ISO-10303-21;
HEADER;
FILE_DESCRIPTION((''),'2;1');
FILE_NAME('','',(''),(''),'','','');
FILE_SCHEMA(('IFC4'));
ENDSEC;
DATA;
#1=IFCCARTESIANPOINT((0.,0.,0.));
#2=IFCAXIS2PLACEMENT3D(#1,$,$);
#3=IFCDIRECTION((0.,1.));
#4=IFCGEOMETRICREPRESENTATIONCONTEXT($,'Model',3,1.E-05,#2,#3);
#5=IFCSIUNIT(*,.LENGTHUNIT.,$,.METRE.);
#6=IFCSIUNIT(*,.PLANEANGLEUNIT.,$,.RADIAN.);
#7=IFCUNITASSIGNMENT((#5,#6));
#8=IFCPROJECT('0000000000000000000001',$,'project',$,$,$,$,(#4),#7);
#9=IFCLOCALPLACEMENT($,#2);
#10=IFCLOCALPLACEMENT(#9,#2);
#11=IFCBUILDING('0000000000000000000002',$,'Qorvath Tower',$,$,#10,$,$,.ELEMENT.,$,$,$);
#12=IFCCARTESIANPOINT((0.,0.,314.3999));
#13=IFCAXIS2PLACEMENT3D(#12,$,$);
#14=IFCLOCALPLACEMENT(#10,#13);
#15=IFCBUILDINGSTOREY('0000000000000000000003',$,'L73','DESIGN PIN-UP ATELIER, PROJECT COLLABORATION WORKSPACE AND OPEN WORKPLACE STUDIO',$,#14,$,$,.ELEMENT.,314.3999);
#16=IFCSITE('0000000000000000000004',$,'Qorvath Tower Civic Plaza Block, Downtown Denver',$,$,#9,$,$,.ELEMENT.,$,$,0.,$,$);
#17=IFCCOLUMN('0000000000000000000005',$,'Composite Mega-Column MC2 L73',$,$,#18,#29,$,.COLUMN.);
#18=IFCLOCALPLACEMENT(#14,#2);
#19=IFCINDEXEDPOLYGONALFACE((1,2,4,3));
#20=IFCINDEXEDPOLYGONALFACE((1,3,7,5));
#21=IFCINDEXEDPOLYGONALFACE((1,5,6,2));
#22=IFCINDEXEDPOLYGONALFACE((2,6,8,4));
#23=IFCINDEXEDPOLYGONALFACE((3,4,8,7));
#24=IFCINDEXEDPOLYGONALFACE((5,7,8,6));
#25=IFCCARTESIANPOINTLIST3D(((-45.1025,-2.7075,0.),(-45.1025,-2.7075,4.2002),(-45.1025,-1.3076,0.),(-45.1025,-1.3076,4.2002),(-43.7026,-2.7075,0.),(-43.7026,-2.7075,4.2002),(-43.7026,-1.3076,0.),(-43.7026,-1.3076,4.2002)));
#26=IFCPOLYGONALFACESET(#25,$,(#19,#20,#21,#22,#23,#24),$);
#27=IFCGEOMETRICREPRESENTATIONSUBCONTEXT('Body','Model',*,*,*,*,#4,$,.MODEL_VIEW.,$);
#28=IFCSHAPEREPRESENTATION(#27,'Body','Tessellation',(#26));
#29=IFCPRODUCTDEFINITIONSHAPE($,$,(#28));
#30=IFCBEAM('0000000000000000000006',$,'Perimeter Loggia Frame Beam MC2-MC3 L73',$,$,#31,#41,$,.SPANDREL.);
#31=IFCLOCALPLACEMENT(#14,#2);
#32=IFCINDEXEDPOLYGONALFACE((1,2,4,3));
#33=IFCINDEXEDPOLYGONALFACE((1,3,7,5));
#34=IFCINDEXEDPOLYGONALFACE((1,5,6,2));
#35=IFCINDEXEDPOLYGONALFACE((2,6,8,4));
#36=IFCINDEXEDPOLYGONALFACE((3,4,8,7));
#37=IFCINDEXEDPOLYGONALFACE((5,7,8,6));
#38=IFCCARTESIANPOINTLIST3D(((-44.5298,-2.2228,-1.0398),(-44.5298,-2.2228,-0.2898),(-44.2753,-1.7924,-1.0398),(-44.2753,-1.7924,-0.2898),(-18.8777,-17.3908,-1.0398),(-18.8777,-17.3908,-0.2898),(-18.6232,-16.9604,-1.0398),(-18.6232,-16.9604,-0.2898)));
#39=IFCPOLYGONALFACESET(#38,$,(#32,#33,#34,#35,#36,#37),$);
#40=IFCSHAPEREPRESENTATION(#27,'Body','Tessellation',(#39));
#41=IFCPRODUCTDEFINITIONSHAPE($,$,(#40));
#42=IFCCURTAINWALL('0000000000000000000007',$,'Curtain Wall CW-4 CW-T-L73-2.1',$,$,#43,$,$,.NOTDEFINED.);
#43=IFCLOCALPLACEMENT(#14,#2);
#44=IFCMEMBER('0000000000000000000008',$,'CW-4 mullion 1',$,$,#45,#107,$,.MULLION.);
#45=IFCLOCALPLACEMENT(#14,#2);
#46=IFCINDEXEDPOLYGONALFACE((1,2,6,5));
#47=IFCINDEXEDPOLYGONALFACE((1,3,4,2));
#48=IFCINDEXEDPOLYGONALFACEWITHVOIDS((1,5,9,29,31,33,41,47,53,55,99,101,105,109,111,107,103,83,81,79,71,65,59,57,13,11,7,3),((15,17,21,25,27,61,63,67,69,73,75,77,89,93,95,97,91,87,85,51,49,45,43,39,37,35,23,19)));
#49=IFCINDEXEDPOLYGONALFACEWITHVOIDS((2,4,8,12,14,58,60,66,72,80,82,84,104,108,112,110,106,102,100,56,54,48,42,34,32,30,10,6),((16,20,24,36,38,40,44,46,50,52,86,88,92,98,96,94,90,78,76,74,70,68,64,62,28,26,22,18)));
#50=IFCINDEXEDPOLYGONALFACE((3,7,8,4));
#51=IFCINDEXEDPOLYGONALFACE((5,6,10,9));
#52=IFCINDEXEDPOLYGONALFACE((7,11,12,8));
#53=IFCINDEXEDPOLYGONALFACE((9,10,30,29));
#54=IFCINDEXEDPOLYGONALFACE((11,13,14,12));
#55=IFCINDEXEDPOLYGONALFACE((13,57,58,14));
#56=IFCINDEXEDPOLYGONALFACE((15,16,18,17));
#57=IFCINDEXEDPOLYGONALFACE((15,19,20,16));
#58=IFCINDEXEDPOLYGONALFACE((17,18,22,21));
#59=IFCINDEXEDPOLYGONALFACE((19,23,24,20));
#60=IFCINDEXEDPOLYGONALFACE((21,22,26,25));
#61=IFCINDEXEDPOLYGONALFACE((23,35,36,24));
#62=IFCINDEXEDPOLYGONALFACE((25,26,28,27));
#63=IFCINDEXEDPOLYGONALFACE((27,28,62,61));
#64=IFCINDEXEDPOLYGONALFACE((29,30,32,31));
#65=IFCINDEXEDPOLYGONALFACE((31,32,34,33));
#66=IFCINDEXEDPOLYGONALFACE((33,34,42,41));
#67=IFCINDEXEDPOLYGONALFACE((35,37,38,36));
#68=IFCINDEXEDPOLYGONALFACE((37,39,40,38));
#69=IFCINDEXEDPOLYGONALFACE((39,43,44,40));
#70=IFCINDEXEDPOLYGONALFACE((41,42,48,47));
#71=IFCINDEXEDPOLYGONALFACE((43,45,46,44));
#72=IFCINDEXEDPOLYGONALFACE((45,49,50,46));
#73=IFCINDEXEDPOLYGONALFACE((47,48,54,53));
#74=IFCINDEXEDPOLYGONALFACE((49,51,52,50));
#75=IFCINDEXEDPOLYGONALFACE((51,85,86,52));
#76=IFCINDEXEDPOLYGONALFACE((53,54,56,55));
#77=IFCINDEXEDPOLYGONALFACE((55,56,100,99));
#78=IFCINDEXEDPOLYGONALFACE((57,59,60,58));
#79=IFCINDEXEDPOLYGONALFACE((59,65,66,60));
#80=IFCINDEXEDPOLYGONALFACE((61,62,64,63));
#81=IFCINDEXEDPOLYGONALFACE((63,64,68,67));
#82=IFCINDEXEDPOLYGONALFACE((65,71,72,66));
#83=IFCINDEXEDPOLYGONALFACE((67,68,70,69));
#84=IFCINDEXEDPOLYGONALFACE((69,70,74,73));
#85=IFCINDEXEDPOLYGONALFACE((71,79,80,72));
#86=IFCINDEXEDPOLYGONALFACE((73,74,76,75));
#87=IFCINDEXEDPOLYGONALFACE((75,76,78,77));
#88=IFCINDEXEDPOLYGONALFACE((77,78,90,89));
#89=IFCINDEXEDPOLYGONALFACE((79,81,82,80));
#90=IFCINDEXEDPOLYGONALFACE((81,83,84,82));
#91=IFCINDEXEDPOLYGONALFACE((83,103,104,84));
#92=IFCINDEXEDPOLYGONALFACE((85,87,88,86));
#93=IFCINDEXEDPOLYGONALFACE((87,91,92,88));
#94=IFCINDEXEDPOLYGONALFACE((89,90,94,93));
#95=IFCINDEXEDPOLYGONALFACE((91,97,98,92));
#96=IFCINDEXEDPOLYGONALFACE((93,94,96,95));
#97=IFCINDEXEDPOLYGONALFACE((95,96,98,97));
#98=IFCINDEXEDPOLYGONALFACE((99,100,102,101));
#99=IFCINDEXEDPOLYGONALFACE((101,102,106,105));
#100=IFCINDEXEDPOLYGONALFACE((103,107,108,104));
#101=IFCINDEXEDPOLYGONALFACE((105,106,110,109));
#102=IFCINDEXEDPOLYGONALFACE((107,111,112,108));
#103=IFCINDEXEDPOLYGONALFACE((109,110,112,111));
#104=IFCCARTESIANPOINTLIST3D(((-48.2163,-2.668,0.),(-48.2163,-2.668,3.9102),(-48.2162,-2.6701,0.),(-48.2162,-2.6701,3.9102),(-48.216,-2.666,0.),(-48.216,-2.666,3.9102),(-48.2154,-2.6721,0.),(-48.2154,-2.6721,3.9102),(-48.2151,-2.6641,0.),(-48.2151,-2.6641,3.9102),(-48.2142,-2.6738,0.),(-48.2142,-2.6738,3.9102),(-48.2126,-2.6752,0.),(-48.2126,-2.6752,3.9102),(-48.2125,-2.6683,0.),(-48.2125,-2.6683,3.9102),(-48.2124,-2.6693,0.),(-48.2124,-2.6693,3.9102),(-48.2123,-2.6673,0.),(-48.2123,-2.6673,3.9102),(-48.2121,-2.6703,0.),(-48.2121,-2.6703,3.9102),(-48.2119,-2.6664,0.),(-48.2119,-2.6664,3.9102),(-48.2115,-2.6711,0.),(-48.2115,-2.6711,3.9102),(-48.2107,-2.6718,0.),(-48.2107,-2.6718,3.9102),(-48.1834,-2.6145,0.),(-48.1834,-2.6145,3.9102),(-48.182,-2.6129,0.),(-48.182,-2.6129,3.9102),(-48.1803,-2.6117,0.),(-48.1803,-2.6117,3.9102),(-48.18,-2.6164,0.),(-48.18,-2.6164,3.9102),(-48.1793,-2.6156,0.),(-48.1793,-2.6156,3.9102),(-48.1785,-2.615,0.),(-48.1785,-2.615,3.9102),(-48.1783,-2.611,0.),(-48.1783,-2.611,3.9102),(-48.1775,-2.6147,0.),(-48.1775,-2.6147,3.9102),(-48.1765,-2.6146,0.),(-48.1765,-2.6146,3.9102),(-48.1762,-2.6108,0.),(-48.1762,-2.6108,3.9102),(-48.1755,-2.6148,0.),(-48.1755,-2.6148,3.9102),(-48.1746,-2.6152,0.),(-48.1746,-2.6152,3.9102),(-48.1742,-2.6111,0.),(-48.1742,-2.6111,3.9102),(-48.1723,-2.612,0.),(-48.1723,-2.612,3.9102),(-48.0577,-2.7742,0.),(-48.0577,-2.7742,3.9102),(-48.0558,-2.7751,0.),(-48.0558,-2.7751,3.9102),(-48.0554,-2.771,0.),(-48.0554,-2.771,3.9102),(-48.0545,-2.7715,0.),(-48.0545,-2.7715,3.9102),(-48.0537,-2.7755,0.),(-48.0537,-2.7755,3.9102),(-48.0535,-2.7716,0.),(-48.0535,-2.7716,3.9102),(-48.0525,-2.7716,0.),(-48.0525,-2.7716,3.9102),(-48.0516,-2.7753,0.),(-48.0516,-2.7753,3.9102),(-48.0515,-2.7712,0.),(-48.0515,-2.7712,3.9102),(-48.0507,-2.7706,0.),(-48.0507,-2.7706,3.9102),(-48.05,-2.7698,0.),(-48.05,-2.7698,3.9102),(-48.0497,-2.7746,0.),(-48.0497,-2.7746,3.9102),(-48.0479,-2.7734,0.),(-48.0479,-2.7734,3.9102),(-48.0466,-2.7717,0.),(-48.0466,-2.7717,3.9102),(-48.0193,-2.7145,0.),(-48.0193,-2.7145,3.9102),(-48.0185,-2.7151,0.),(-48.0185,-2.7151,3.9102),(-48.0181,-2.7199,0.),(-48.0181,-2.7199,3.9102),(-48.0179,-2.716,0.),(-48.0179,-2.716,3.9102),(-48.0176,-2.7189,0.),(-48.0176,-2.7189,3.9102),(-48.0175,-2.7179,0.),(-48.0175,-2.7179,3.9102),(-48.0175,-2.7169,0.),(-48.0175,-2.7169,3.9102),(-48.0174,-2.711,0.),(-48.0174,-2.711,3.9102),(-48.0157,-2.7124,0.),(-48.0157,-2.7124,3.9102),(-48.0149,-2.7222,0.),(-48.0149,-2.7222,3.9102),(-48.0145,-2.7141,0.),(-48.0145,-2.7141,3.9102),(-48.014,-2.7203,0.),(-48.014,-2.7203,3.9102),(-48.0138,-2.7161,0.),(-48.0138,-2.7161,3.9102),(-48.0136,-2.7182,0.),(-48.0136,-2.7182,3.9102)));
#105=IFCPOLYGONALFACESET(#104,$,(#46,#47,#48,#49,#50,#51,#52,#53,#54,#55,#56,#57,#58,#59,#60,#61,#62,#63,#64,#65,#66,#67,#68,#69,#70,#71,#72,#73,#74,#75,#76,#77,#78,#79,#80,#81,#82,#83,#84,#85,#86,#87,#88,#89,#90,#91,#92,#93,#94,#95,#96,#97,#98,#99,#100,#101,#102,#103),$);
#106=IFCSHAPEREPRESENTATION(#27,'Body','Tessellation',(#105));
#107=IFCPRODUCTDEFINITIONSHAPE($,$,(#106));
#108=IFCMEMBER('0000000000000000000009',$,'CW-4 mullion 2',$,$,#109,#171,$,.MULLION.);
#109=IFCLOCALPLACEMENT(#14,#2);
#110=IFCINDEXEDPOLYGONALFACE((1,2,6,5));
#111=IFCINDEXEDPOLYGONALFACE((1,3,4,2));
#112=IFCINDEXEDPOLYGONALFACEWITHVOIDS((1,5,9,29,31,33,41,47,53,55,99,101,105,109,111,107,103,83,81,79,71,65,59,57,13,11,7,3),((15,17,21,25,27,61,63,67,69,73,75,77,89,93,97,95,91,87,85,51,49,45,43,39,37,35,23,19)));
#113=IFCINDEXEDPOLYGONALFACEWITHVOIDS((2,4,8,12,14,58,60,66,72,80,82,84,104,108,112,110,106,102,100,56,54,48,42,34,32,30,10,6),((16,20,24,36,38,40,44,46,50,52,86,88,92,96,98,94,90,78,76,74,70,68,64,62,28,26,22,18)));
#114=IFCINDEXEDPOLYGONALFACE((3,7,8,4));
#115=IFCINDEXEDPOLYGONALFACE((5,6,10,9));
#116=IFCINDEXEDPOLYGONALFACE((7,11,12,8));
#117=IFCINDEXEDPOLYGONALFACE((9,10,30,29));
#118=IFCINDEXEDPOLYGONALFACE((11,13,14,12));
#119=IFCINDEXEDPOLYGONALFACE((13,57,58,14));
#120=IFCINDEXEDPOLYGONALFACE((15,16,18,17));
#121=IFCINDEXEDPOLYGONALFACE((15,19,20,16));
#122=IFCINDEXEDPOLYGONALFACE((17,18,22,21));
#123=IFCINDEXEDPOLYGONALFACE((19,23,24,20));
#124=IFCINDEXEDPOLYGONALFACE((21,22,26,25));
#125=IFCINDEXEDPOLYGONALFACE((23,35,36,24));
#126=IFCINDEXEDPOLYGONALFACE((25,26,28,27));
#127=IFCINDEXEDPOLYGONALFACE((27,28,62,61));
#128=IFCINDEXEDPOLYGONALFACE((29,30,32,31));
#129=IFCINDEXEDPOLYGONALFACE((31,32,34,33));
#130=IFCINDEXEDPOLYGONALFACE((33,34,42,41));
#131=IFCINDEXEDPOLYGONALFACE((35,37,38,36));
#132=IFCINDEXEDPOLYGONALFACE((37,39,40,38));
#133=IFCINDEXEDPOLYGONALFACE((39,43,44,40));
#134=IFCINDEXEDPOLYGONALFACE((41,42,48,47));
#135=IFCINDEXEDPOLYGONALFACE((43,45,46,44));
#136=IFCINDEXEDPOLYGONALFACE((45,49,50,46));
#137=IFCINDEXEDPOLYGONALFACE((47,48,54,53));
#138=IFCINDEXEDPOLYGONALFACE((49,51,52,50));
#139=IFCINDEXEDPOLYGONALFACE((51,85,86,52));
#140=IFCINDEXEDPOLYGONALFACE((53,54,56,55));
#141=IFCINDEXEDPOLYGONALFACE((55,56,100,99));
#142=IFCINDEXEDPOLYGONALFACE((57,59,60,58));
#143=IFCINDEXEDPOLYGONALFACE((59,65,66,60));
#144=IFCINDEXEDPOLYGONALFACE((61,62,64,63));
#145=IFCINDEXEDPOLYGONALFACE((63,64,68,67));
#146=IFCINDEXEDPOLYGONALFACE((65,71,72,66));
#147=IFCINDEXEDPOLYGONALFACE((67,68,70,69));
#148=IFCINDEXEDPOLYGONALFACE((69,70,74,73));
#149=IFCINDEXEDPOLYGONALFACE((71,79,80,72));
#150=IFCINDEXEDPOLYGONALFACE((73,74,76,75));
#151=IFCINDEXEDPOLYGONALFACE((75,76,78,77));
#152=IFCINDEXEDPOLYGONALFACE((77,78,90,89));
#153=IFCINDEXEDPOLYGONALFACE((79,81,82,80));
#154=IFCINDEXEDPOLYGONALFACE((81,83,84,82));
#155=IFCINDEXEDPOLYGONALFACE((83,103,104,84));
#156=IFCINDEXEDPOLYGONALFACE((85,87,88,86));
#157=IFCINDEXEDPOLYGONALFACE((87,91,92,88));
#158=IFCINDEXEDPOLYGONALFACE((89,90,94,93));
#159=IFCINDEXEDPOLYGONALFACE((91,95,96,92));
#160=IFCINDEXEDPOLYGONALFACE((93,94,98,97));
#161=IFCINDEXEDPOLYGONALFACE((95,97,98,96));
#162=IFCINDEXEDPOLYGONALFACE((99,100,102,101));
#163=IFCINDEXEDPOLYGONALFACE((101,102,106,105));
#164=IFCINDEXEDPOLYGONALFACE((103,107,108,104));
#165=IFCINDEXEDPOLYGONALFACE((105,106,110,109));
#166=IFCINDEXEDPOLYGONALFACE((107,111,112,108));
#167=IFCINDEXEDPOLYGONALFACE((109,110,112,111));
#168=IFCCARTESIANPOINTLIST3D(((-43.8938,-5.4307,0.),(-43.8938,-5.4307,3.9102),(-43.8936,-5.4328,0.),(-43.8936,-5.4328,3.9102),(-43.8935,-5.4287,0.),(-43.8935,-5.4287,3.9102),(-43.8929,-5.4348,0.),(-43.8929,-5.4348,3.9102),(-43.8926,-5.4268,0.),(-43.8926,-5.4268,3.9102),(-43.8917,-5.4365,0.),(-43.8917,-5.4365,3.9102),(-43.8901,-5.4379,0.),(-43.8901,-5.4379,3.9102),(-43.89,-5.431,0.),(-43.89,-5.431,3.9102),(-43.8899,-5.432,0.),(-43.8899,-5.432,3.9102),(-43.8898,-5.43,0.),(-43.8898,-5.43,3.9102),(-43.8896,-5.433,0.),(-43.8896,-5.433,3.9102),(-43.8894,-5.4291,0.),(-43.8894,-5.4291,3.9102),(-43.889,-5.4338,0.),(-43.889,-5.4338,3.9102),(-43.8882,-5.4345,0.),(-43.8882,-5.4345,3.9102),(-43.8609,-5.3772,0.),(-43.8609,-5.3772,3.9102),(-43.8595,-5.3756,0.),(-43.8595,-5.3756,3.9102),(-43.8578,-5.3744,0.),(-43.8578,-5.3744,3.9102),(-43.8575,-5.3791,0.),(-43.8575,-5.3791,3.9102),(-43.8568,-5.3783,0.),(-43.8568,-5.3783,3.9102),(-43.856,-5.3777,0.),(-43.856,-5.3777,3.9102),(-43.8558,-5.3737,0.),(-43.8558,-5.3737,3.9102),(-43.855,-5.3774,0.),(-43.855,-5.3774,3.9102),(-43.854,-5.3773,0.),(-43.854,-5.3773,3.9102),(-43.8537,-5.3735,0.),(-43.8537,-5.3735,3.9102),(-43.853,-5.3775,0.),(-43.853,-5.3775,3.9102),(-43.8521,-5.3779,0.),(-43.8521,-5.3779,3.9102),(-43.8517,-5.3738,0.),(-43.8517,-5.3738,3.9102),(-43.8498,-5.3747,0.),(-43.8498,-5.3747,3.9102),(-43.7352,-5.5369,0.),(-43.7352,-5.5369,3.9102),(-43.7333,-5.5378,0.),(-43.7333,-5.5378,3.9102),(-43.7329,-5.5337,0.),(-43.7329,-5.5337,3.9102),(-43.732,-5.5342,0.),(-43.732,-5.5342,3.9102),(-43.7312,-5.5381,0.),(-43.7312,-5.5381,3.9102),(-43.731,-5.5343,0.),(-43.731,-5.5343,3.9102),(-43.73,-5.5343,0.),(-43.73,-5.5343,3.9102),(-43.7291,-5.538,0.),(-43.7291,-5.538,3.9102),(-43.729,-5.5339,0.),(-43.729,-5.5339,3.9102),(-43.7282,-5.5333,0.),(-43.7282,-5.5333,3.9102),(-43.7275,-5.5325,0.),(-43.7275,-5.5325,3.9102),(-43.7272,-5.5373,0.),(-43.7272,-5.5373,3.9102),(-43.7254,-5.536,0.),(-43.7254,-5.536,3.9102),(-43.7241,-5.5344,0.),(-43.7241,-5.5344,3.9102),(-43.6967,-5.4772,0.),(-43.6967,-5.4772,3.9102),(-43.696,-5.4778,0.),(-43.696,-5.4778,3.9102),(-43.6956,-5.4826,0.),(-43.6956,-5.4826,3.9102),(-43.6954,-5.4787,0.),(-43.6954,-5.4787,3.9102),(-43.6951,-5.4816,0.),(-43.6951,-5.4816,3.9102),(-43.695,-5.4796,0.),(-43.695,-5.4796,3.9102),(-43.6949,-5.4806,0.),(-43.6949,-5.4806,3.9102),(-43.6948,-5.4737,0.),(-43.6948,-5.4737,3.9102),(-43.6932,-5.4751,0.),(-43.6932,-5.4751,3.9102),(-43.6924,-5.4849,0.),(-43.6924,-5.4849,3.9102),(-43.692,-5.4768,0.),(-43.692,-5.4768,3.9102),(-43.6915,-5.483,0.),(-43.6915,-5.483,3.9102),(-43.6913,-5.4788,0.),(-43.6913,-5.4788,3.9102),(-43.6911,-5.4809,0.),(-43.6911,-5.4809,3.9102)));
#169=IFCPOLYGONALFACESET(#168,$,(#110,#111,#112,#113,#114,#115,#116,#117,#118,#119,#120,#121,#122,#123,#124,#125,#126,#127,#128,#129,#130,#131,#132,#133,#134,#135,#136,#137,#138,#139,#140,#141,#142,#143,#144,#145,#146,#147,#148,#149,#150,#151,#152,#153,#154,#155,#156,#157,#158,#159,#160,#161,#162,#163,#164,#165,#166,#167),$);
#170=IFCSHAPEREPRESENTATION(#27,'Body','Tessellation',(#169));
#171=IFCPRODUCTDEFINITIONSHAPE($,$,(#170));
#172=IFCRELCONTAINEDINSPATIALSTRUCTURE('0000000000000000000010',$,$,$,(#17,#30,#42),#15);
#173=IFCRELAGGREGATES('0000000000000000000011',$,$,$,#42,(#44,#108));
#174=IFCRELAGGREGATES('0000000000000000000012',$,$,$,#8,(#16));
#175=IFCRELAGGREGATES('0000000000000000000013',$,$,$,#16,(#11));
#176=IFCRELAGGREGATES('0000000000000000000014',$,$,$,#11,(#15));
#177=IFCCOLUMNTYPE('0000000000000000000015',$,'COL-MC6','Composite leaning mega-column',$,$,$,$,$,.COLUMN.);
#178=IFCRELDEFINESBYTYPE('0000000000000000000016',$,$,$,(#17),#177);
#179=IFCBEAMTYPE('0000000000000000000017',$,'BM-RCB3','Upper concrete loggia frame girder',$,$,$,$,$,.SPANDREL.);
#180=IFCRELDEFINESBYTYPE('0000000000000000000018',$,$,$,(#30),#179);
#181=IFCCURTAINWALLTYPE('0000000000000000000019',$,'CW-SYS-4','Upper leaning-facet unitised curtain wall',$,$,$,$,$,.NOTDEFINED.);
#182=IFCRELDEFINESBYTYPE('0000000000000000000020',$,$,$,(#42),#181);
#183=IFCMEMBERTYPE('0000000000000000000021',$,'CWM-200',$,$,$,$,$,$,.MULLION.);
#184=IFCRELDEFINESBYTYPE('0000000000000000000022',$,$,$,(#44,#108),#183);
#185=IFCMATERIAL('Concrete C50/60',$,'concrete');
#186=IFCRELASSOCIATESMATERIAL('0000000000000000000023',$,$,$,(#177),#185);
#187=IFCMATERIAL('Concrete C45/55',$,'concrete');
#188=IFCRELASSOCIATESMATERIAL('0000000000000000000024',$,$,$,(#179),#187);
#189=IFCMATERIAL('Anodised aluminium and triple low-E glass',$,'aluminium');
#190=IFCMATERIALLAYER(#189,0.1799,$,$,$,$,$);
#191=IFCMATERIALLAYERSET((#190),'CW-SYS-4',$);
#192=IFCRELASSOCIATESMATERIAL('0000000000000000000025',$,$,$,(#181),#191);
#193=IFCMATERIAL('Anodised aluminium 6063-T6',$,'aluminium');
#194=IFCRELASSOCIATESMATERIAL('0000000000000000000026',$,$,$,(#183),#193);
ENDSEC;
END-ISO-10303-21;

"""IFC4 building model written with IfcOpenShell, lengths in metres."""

from ifc_helpers import new_model, si_unit, direction, frame, origin, origin_2d, place, context, subcontext, project, spatial, rectangle, hollow_rectangle, extrude, material, layer, layer_set, material_profile, profile_set, type_object, element, aggregate, save


model = new_model("IFC4")

# Units and contexts
model_context = context("Model", 3, precision=1e-05, world=origin(), true_north=direction((0.0, 1.0)))
body_context = subcontext(model_context, "Body", "Model", "MODEL_VIEW")
ifc_project = project(units=[si_unit("LENGTHUNIT", "METRE"), si_unit("PLANEANGLEUNIT", "RADIAN")], contexts=[model_context])

# Site, building, storey
site_placement = place(None, origin())
site = spatial("IfcSite", under=ifc_project, at=site_placement, Name="Qorvath Tower Civic Plaza Block, Downtown Denver", CompositionType="ELEMENT", RefElevation=0.0)
building_placement = place(site_placement, origin())
building = spatial("IfcBuilding", under=site, at=building_placement, Name="Qorvath Tower", CompositionType="ELEMENT")
storey_placement = place(building_placement, frame((0.0, 0.0, 314.3999)))
storey = spatial("IfcBuildingStorey", under=building, at=storey_placement, Name="L73", Description="DESIGN PIN-UP ATELIER, PROJECT COLLABORATION WORKSPACE AND OPEN WORKPLACE STUDIO", CompositionType="ELEMENT", Elevation=314.3999)

# Column
ifc_material_1 = material(Name="Concrete C50/60", Category="concrete")
ifc_material_profile_1 = material_profile(ifc_material_1, rectangle(XDim=1.3999, YDim=1.3999, at=origin_2d()), Name="MC 1400x1400")
ifc_profile_set_1 = profile_set([ifc_material_profile_1], Name="Concrete C50/60")
column_type = type_object("IfcColumnType", Name="COL-MC6", Description="Composite leaning mega-column", PredefinedType="COLUMN", material=ifc_profile_set_1)
column_placement = place(storey_placement, frame((-44.4026, -2.0076, 0.0), z_axis=(0.0, 0.0, 1.0), x_axis=(1.0, 0.0, 0.0)))
element("IfcColumn", 1, at=column_placement, inside=storey, type_object=column_type, Name="Composite Mega-Column MC2 L73", PredefinedType="COLUMN", context=body_context, shape_type="SweptSolid", body=[
    extrude(rectangle(XDim=1.3999, YDim=1.3999, at=origin_2d()), origin(), (0.0, 0.0, 1.0), 4.2002),
])

# Beam
ifc_material_2 = material(Name="Concrete C45/55", Category="concrete")
ifc_material_profile_2 = material_profile(ifc_material_2, rectangle(XDim=0.5, YDim=0.75, at=origin_2d()), Name="RCB 750x500")
ifc_profile_set_2 = profile_set([ifc_material_profile_2], Name="Concrete C45/55")
beam_type = type_object("IfcBeamType", Name="BM-RCB3", Description="Upper concrete loggia frame girder", PredefinedType="SPANDREL", material=ifc_profile_set_2)
beam_placement = place(storey_placement, frame((-44.4026, -2.0076, -0.6648), z_axis=(0.860781, -0.508976, 0.0), x_axis=(0.508976, 0.860781, 0.0)))
element("IfcBeam", 2, at=beam_placement, inside=storey, type_object=beam_type, Name="Perimeter Loggia Frame Beam MC2-MC3 L73", PredefinedType="SPANDREL", context=body_context, shape_type="SweptSolid", body=[
    extrude(rectangle(XDim=0.5, YDim=0.75, at=origin_2d()), origin(), (0.0, 0.0, 1.0), 29.801),
])

# Curtain wall, members
ifc_material_3 = material(Name="Anodised aluminium and triple low-E glass", Category="aluminium")
ifc_layer_1 = layer(ifc_material_3, 0.1799)
ifc_layer_set_1 = layer_set([ifc_layer_1], Name="CW-SYS-4")
curtain_wall_type = type_object("IfcCurtainWallType", Name="CW-SYS-4", Description="Upper leaning-facet unitised curtain wall", PredefinedType="NOTDEFINED", material=ifc_layer_set_1)
curtain_wall_placement = place(storey_placement, origin())
curtain_wall = element("IfcCurtainWall", 3, at=curtain_wall_placement, inside=storey, type_object=curtain_wall_type, Name="Curtain Wall CW-4 CW-T-L73-2.1", PredefinedType="NOTDEFINED")
ifc_material_4 = material(Name="Anodised aluminium 6063-T6", Category="aluminium")
ifc_material_profile_3 = material_profile(ifc_material_4, hollow_rectangle(XDim=0.075, YDim=0.2, WallThickness=0.0039, InnerFilletRadius=0.0039, OuterFilletRadius=0.0081, at=origin_2d()), Name="CWM 200x75")
ifc_profile_set_3 = profile_set([ifc_material_profile_3], Name="Anodised aluminium 6063-T6")
member_type_1 = type_object("IfcMemberType", Name="CWM-200", PredefinedType="MULLION", material=ifc_profile_set_3)
member_1_placement = place(storey_placement, frame((-48.115, -2.6931, 0.0), z_axis=(0.0, 0.0, 1.0), x_axis=(0.53853, 0.842606, 0.0)))
member_1 = element("IfcMember", 4, at=member_1_placement, type_object=member_type_1, Name="CW-4 mullion 1", PredefinedType="MULLION", context=body_context, shape_type="SweptSolid", body=[
    extrude(hollow_rectangle(XDim=0.075, YDim=0.2, WallThickness=0.0039, InnerFilletRadius=0.0039, OuterFilletRadius=0.0081, at=origin_2d()), origin(), (0.0, 0.0, 1.0), 3.9102),
])
member_2_placement = place(storey_placement, frame((-43.7925, -5.4558, 0.0), z_axis=(0.0, 0.0, 1.0), x_axis=(0.53853, 0.842606, 0.0)))
member_2 = element("IfcMember", 5, at=member_2_placement, type_object=member_type_1, Name="CW-4 mullion 2", PredefinedType="MULLION", context=body_context, shape_type="SweptSolid", body=[
    extrude(hollow_rectangle(XDim=0.075, YDim=0.2, WallThickness=0.0039, InnerFilletRadius=0.0039, OuterFilletRadius=0.0081, at=origin_2d()), origin(), (0.0, 0.0, 1.0), 3.9102),
])

aggregate(curtain_wall, [member_1, member_2])

save(model, "model.ifc")
